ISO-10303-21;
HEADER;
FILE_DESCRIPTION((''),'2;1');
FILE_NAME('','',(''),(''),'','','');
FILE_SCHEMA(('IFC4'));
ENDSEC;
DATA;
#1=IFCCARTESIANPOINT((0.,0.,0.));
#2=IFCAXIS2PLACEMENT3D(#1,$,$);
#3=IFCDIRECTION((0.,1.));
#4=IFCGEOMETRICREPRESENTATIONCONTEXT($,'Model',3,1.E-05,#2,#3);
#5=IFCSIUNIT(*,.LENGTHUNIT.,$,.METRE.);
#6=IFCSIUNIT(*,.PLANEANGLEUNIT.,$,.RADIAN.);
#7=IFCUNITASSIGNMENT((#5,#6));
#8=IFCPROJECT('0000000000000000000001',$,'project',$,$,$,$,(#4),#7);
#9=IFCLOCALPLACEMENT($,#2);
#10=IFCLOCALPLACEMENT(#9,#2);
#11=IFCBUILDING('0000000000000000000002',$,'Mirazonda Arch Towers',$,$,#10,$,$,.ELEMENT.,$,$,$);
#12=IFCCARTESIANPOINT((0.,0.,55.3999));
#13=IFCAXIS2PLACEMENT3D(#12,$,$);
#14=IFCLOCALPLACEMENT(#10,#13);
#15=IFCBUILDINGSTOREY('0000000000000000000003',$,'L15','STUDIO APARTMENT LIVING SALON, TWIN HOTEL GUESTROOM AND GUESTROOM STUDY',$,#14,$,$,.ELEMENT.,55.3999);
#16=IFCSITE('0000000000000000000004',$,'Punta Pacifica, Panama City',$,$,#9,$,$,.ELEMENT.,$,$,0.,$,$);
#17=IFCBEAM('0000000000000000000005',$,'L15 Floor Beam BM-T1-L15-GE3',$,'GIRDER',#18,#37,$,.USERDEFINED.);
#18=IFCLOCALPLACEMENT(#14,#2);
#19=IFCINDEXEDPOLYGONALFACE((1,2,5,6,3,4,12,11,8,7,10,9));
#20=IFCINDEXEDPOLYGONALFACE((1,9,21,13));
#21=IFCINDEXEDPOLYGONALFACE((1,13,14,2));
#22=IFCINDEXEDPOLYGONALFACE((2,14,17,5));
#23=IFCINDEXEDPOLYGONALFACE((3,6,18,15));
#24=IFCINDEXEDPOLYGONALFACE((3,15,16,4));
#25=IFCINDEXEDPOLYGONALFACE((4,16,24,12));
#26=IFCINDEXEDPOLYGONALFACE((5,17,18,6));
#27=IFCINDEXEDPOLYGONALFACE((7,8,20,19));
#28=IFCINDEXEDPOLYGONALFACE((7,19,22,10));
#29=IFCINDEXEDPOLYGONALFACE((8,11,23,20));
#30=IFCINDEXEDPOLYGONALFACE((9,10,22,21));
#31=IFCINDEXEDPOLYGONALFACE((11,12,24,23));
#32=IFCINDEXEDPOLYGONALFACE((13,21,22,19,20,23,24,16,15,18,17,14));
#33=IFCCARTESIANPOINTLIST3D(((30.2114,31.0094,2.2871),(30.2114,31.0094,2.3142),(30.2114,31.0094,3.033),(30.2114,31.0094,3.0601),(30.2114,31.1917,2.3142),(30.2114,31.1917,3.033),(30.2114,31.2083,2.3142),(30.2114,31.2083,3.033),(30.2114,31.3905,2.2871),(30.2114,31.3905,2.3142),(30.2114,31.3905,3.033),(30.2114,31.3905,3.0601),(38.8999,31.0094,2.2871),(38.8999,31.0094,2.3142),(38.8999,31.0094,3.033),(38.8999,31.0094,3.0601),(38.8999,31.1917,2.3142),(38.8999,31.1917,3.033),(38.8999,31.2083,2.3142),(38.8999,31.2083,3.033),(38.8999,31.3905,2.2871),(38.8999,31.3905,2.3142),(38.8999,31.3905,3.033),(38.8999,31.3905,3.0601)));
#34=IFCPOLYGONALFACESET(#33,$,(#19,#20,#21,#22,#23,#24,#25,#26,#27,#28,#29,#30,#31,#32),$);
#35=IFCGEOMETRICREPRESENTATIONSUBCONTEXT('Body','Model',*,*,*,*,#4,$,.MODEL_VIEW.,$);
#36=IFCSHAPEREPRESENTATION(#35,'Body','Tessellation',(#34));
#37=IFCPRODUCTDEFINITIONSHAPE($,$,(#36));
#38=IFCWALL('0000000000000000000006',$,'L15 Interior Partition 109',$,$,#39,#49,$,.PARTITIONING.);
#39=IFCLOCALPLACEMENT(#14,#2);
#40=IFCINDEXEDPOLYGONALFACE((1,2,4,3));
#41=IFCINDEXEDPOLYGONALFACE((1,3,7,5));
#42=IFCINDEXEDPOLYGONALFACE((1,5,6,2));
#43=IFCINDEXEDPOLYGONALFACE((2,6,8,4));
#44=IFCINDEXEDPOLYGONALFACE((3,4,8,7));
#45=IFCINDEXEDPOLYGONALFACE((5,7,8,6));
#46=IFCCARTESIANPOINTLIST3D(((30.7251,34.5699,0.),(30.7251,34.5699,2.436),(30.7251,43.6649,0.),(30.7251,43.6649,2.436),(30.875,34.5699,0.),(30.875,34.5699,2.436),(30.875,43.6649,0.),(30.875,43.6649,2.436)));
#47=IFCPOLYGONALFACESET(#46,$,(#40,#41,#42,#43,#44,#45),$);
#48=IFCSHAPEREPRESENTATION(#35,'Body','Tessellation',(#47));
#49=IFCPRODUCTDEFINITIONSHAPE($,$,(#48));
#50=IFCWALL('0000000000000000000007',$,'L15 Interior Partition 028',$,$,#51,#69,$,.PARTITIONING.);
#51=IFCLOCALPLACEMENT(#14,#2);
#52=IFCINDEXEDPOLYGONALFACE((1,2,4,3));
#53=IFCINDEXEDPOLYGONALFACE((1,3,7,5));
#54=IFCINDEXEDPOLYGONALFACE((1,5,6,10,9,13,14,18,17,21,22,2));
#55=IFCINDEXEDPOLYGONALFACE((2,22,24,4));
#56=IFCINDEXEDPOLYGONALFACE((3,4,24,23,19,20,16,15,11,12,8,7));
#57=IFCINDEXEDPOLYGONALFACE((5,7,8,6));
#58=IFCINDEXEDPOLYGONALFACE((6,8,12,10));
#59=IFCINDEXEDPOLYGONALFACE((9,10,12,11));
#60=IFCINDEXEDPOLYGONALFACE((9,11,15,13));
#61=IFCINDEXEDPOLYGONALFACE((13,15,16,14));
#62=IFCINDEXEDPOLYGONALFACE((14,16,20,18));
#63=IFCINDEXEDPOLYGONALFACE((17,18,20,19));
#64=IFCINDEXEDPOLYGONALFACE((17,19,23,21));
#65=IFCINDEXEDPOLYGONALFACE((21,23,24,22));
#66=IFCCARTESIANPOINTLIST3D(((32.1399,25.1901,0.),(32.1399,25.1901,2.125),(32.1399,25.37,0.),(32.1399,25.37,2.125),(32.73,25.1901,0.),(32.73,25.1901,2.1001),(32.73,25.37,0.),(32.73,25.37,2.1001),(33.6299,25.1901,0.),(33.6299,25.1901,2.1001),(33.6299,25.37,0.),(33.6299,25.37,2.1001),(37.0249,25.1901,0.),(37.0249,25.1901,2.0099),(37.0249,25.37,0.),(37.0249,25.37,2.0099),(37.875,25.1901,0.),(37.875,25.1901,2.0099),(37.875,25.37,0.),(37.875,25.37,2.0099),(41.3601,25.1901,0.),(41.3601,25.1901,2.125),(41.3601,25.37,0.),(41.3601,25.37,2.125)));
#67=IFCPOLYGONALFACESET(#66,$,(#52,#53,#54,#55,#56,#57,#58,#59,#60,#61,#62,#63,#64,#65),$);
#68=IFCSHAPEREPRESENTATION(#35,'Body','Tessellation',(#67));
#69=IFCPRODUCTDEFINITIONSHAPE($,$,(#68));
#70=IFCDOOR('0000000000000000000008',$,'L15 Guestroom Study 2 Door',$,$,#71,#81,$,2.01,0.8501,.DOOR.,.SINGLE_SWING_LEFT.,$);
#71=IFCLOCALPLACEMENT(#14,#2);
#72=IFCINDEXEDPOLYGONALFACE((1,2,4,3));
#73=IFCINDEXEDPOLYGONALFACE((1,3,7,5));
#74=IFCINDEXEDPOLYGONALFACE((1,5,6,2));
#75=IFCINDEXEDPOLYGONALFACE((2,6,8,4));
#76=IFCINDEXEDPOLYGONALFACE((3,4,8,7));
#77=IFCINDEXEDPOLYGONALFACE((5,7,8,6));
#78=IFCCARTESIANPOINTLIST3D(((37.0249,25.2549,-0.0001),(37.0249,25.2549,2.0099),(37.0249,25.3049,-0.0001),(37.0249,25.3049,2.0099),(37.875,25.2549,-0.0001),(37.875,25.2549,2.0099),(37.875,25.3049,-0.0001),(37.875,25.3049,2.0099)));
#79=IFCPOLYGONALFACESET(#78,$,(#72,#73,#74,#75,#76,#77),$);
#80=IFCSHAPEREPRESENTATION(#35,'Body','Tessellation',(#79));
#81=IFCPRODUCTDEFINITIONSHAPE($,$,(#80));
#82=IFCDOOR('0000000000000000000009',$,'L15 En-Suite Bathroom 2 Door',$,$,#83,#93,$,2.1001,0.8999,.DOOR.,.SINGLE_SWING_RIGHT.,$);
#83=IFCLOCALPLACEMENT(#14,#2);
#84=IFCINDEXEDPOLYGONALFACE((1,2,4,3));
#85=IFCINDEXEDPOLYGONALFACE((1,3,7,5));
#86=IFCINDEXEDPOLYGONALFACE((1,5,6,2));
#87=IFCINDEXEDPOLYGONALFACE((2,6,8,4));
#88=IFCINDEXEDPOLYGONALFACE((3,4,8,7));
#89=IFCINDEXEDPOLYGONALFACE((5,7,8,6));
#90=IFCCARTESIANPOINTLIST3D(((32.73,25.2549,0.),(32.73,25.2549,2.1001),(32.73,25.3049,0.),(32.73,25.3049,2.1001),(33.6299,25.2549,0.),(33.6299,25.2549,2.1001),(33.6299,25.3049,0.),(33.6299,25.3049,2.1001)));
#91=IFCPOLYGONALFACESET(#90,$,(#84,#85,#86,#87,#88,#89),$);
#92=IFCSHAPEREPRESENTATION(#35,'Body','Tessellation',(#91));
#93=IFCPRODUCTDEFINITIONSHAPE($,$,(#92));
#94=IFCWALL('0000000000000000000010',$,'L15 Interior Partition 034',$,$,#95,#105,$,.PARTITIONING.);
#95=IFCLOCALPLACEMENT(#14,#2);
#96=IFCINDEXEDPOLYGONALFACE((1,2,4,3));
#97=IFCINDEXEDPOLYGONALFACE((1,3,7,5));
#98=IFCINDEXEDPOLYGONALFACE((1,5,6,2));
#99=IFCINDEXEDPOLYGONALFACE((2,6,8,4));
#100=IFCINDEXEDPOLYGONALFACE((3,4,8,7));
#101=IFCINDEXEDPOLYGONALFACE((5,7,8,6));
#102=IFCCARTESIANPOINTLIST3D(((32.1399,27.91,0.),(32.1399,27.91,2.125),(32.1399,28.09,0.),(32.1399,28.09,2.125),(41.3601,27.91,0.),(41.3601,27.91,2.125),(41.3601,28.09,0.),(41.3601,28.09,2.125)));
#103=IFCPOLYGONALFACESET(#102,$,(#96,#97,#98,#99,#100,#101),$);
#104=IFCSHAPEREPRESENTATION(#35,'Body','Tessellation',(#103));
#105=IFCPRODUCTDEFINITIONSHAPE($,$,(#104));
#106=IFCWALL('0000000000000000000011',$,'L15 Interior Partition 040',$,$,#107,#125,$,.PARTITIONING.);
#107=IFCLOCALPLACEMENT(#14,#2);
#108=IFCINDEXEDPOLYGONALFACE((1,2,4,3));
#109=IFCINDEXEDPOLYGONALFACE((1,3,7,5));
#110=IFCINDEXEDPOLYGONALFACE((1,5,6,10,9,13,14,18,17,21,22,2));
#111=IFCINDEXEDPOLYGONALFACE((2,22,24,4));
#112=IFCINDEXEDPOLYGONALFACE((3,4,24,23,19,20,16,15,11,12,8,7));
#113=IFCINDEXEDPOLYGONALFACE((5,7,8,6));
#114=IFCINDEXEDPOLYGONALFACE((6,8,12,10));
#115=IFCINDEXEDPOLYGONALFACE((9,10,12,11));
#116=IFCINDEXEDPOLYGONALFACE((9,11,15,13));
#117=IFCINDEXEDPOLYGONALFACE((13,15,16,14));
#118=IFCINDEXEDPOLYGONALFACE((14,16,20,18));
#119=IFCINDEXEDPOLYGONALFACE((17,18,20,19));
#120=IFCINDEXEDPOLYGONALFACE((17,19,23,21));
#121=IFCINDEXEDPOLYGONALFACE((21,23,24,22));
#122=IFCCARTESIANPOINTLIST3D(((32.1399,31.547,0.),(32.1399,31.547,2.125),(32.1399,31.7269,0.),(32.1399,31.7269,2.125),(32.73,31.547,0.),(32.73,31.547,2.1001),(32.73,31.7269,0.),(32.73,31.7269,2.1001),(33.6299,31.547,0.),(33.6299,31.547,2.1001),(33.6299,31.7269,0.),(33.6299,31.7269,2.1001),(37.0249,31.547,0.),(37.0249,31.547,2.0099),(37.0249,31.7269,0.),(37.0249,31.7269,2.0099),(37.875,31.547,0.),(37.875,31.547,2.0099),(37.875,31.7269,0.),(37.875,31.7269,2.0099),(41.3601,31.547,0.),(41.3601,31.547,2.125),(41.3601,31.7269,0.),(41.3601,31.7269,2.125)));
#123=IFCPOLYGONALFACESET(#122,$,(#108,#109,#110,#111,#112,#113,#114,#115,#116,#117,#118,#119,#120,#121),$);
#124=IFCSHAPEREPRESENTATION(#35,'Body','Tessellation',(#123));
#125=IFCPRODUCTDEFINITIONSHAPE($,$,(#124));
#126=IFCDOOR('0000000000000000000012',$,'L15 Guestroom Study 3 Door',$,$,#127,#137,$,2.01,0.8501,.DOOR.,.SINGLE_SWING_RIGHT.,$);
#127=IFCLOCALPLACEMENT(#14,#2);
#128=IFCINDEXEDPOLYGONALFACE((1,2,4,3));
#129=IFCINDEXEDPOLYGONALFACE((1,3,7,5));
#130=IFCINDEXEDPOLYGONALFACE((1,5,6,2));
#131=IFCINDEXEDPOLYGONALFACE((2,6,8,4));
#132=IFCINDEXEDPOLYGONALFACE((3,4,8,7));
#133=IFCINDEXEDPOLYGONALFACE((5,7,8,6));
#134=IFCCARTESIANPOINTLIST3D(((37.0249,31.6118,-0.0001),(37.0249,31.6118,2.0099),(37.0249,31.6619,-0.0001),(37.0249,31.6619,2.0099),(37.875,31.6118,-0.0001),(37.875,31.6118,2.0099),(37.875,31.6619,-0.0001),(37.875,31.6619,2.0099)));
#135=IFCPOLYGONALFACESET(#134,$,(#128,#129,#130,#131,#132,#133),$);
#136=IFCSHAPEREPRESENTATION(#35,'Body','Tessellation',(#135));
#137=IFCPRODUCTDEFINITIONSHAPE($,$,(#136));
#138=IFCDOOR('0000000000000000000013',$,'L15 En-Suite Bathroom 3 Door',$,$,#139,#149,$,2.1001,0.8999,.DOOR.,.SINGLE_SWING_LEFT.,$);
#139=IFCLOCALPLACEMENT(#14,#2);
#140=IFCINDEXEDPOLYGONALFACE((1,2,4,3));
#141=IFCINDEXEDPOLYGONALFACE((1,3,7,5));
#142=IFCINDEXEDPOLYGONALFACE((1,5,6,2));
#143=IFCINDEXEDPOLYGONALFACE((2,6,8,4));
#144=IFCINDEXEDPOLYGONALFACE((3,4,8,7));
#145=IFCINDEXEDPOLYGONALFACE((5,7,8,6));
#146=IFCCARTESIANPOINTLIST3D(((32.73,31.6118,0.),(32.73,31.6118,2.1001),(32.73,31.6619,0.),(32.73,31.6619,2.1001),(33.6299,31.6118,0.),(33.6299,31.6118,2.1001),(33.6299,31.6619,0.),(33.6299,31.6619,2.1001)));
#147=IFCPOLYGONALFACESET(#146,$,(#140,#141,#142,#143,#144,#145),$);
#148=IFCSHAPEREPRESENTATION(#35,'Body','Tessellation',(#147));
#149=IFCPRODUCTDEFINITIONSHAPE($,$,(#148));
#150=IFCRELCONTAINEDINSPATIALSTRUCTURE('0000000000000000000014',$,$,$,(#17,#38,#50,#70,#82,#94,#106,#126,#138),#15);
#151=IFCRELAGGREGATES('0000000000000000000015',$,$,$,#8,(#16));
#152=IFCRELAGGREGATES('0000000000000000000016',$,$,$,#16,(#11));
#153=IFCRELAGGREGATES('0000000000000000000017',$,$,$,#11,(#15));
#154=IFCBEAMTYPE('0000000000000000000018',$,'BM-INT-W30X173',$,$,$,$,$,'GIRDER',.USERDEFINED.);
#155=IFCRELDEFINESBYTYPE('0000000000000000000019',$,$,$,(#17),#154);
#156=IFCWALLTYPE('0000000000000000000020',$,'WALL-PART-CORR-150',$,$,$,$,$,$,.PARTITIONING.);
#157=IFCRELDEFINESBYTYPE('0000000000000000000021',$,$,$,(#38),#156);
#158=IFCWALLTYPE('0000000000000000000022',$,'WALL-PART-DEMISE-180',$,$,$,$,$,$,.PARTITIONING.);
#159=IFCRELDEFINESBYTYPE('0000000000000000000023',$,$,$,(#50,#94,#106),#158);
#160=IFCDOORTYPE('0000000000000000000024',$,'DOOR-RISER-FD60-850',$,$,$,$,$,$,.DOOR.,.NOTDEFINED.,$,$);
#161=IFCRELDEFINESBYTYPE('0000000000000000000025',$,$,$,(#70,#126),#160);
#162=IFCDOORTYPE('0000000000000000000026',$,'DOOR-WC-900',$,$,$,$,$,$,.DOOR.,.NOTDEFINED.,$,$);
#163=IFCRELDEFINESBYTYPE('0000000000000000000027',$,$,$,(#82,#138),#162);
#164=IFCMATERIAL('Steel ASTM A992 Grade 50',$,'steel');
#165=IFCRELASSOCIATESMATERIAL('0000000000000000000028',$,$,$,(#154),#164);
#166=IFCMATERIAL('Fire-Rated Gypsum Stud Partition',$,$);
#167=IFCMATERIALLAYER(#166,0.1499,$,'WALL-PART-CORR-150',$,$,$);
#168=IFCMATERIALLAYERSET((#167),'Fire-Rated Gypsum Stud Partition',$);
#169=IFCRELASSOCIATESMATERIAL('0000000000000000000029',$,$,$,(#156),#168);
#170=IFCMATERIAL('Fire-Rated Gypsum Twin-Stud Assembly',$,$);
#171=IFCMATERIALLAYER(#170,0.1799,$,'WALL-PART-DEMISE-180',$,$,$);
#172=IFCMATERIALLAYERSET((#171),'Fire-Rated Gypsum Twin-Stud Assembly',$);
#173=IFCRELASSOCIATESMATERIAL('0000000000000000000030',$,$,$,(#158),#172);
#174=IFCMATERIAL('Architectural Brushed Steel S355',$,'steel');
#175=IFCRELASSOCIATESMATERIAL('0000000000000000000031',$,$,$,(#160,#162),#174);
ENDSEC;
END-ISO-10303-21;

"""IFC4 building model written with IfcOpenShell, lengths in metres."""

from ifc_helpers import new_model, si_unit, direction, frame, frame_2d, origin, origin_2d, place, context, subcontext, project, spatial, rectangle, i_section, extrude, material, layer, layer_set, material_profile, profile_set, type_object, element, fill, save


model = new_model("IFC4")

# Units and contexts
model_context = context("Model", 3, precision=1e-05, world=origin(), true_north=direction((0.0, 1.0)))
body_context = subcontext(model_context, "Body", "Model", "MODEL_VIEW")
ifc_project = project(units=[si_unit("LENGTHUNIT", "METRE"), si_unit("PLANEANGLEUNIT", "RADIAN")], contexts=[model_context])

# Site, building, storey
site_placement = place(None, origin())
site = spatial("IfcSite", under=ifc_project, at=site_placement, Name="Punta Pacifica, Panama City", CompositionType="ELEMENT", RefElevation=0.0)
building_placement = place(site_placement, origin())
building = spatial("IfcBuilding", under=site, at=building_placement, Name="Mirazonda Arch Towers", CompositionType="ELEMENT")
storey_placement = place(building_placement, frame((0.0, 0.0, 55.3999)))
storey = spatial("IfcBuildingStorey", under=building, at=storey_placement, Name="L15", Description="STUDIO APARTMENT LIVING SALON, TWIN HOTEL GUESTROOM AND GUESTROOM STUDY", CompositionType="ELEMENT", Elevation=55.3999)

# Beam
ifc_material_1 = material(Name="Steel ASTM A992 Grade 50", Category="steel")
ifc_material_profile = material_profile(ifc_material_1, i_section(OverallWidth=0.3811, OverallDepth=0.7729, WebThickness=0.0166, FlangeThickness=0.0271, at=origin_2d()), Name="W30X173")
ifc_profile_set = profile_set([ifc_material_profile], Name="Steel ASTM A992 Grade 50")
beam_type = type_object("IfcBeamType", Name="BM-INT-W30X173", ElementType="GIRDER", PredefinedType="USERDEFINED", material=ifc_profile_set)
beam_placement = place(storey_placement, frame((30.2114, 31.2, 2.6736), z_axis=(1.0, 0.0, 0.0), x_axis=(0.0, 1.0, 0.0)))
element("IfcBeam", 1, at=beam_placement, inside=storey, type_object=beam_type, Name="L15 Floor Beam BM-T1-L15-GE3", ObjectType="GIRDER", PredefinedType="USERDEFINED", context=body_context, shape_type="SweptSolid", body=[
    extrude(i_section(OverallWidth=0.3811, OverallDepth=0.7729, WebThickness=0.0166, FlangeThickness=0.0271, at=origin_2d()), origin(), (0.0, 0.0, 1.0), 8.6885),
])

# Wall
ifc_material_2 = material(Name="Fire-Rated Gypsum Stud Partition")
ifc_layer_1 = layer(ifc_material_2, 0.1499, Name="WALL-PART-CORR-150")
ifc_layer_set_1 = layer_set([ifc_layer_1], Name="Fire-Rated Gypsum Stud Partition")
wall_type_1 = type_object("IfcWallType", Name="WALL-PART-CORR-150", PredefinedType="PARTITIONING", material=ifc_layer_set_1)
wall_1_placement = place(storey_placement, frame((30.8, 34.5701, 0.0), z_axis=(0.0, 0.0, 1.0), x_axis=(0.0, 1.0, 0.0)))
element("IfcWall", 2, at=wall_1_placement, inside=storey, type_object=wall_type_1, Name="L15 Interior Partition 109", PredefinedType="PARTITIONING", context=body_context, shape_type="SweptSolid", body=[
    extrude(rectangle(XDim=9.095, YDim=0.1499, at=frame_2d((4.5474, 0.0))), origin(), (0.0, 0.0, 1.0), 2.436),
])

# Wall, openings, doors
ifc_material_3 = material(Name="Fire-Rated Gypsum Twin-Stud Assembly")
ifc_layer_2 = layer(ifc_material_3, 0.1799, Name="WALL-PART-DEMISE-180")
ifc_layer_set_2 = layer_set([ifc_layer_2], Name="Fire-Rated Gypsum Twin-Stud Assembly")
wall_type_2 = type_object("IfcWallType", Name="WALL-PART-DEMISE-180", PredefinedType="PARTITIONING", material=ifc_layer_set_2)
wall_2_placement = place(storey_placement, frame((32.1399, 25.28, 0.0), z_axis=(0.0, 0.0, 1.0), x_axis=(1.0, 0.0, 0.0)))
wall_2 = element("IfcWall", 3, at=wall_2_placement, inside=storey, type_object=wall_type_2, Name="L15 Interior Partition 028", PredefinedType="PARTITIONING", context=body_context, shape_type="SweptSolid", body=[
    extrude(rectangle(XDim=9.2202, YDim=0.1799, at=frame_2d((4.6101, 0.0))), origin(), (0.0, 0.0, 1.0), 2.125),
])
opening_1_placement = place(wall_2_placement, frame((4.885, 0.0, 0.0)))
opening_1 = element("IfcOpeningElement", 4, at=opening_1_placement, cuts=wall_2, PredefinedType="OPENING", context=body_context, shape_type="SweptSolid", body=[
    extrude(rectangle(XDim=0.8501, YDim=2.01, at=frame_2d((0.425, 1.0049))), frame((0.0, 0.0999, 0.0), z_axis=(0.0, -1.0, 0.0), x_axis=(1.0, 0.0, 0.0)), (0.0, 0.0, 1.0), 0.2),
])
opening_2_placement = place(wall_2_placement, frame((0.5901, 0.0, 0.0)))
opening_2 = element("IfcOpeningElement", 5, at=opening_2_placement, cuts=wall_2, PredefinedType="OPENING", context=body_context, shape_type="SweptSolid", body=[
    extrude(rectangle(XDim=0.8999, YDim=2.1001, at=frame_2d((0.45, 1.05))), frame((0.0, 0.0999, 0.0), z_axis=(0.0, -1.0, 0.0), x_axis=(1.0, 0.0, 0.0)), (0.0, 0.0, 1.0), 0.2),
])
ifc_material_4 = material(Name="Architectural Brushed Steel S355", Category="steel")
door_type_1 = type_object("IfcDoorType", Name="DOOR-RISER-FD60-850", OperationType="NOTDEFINED", PredefinedType="DOOR", material=ifc_material_4)
door_1_placement = place(opening_1_placement, origin())
door_1 = element("IfcDoor", 6, at=door_1_placement, inside=storey, type_object=door_type_1, Name="L15 Guestroom Study 2 Door", OperationType="SINGLE_SWING_LEFT", OverallHeight=2.01, OverallWidth=0.8501, PredefinedType="DOOR", context=body_context, shape_type="SweptSolid", body=[
    extrude(rectangle(XDim=0.8501, YDim=2.01, at=frame_2d((0.425, 1.0049))), frame((0.0, 0.0249, 0.0), z_axis=(0.0, -1.0, 0.0), x_axis=(1.0, 0.0, 0.0)), (0.0, 0.0, 1.0), 0.05),
])
fill(opening_1, door_1)
door_type_2 = type_object("IfcDoorType", Name="DOOR-WC-900", OperationType="NOTDEFINED", PredefinedType="DOOR", material=ifc_material_4)
door_2_placement = place(opening_2_placement, origin())
door_2 = element("IfcDoor", 7, at=door_2_placement, inside=storey, type_object=door_type_2, Name="L15 En-Suite Bathroom 2 Door", OperationType="SINGLE_SWING_RIGHT", OverallHeight=2.1001, OverallWidth=0.8999, PredefinedType="DOOR", context=body_context, shape_type="SweptSolid", body=[
    extrude(rectangle(XDim=0.8999, YDim=2.1001, at=frame_2d((0.45, 1.05))), frame((0.0, 0.0249, 0.0), z_axis=(0.0, -1.0, 0.0), x_axis=(1.0, 0.0, 0.0)), (0.0, 0.0, 1.0), 0.05),
])
fill(opening_2, door_2)

# Wall
wall_3_placement = place(storey_placement, frame((32.1399, 28.0, 0.0), z_axis=(0.0, 0.0, 1.0), x_axis=(1.0, 0.0, 0.0)))
element("IfcWall", 8, at=wall_3_placement, inside=storey, type_object=wall_type_2, Name="L15 Interior Partition 034", PredefinedType="PARTITIONING", context=body_context, shape_type="SweptSolid", body=[
    extrude(rectangle(XDim=9.2202, YDim=0.1799, at=frame_2d((4.6101, 0.0))), origin(), (0.0, 0.0, 1.0), 2.125),
])

# Wall, openings, doors
wall_4_placement = place(storey_placement, frame((32.1399, 31.637, 0.0), z_axis=(0.0, 0.0, 1.0), x_axis=(1.0, 0.0, 0.0)))
wall_4 = element("IfcWall", 9, at=wall_4_placement, inside=storey, type_object=wall_type_2, Name="L15 Interior Partition 040", PredefinedType="PARTITIONING", context=body_context, shape_type="SweptSolid", body=[
    extrude(rectangle(XDim=9.2202, YDim=0.1799, at=frame_2d((4.6101, 0.0))), origin(), (0.0, 0.0, 1.0), 2.125),
])
opening_3_placement = place(wall_4_placement, frame((4.885, 0.0, 0.0)))
opening_3 = element("IfcOpeningElement", 10, at=opening_3_placement, cuts=wall_4, PredefinedType="OPENING", context=body_context, shape_type="SweptSolid", body=[
    extrude(rectangle(XDim=0.8501, YDim=2.01, at=frame_2d((0.425, 1.0049))), frame((0.0, 0.0999, 0.0), z_axis=(0.0, -1.0, 0.0), x_axis=(1.0, 0.0, 0.0)), (0.0, 0.0, 1.0), 0.2),
])
opening_4_placement = place(wall_4_placement, frame((0.5901, 0.0, 0.0)))
opening_4 = element("IfcOpeningElement", 11, at=opening_4_placement, cuts=wall_4, PredefinedType="OPENING", context=body_context, shape_type="SweptSolid", body=[
    extrude(rectangle(XDim=0.8999, YDim=2.1001, at=frame_2d((0.45, 1.05))), frame((0.0, 0.0999, 0.0), z_axis=(0.0, -1.0, 0.0), x_axis=(1.0, 0.0, 0.0)), (0.0, 0.0, 1.0), 0.2),
])
door_3_placement = place(opening_3_placement, origin())
door_3 = element("IfcDoor", 12, at=door_3_placement, inside=storey, type_object=door_type_1, Name="L15 Guestroom Study 3 Door", OperationType="SINGLE_SWING_RIGHT", OverallHeight=2.01, OverallWidth=0.8501, PredefinedType="DOOR", context=body_context, shape_type="SweptSolid", body=[
    extrude(rectangle(XDim=0.8501, YDim=2.01, at=frame_2d((0.425, 1.0049))), frame((0.0, 0.0249, 0.0), z_axis=(0.0, -1.0, 0.0), x_axis=(1.0, 0.0, 0.0)), (0.0, 0.0, 1.0), 0.05),
])
fill(opening_3, door_3)
door_4_placement = place(opening_4_placement, origin())
door_4 = element("IfcDoor", 13, at=door_4_placement, inside=storey, type_object=door_type_2, Name="L15 En-Suite Bathroom 3 Door", OperationType="SINGLE_SWING_LEFT", OverallHeight=2.1001, OverallWidth=0.8999, PredefinedType="DOOR", context=body_context, shape_type="SweptSolid", body=[
    extrude(rectangle(XDim=0.8999, YDim=2.1001, at=frame_2d((0.45, 1.05))), frame((0.0, 0.0249, 0.0), z_axis=(0.0, -1.0, 0.0), x_axis=(1.0, 0.0, 0.0)), (0.0, 0.0, 1.0), 0.05),
])
fill(opening_4, door_4)

save(model, "model.ifc")
